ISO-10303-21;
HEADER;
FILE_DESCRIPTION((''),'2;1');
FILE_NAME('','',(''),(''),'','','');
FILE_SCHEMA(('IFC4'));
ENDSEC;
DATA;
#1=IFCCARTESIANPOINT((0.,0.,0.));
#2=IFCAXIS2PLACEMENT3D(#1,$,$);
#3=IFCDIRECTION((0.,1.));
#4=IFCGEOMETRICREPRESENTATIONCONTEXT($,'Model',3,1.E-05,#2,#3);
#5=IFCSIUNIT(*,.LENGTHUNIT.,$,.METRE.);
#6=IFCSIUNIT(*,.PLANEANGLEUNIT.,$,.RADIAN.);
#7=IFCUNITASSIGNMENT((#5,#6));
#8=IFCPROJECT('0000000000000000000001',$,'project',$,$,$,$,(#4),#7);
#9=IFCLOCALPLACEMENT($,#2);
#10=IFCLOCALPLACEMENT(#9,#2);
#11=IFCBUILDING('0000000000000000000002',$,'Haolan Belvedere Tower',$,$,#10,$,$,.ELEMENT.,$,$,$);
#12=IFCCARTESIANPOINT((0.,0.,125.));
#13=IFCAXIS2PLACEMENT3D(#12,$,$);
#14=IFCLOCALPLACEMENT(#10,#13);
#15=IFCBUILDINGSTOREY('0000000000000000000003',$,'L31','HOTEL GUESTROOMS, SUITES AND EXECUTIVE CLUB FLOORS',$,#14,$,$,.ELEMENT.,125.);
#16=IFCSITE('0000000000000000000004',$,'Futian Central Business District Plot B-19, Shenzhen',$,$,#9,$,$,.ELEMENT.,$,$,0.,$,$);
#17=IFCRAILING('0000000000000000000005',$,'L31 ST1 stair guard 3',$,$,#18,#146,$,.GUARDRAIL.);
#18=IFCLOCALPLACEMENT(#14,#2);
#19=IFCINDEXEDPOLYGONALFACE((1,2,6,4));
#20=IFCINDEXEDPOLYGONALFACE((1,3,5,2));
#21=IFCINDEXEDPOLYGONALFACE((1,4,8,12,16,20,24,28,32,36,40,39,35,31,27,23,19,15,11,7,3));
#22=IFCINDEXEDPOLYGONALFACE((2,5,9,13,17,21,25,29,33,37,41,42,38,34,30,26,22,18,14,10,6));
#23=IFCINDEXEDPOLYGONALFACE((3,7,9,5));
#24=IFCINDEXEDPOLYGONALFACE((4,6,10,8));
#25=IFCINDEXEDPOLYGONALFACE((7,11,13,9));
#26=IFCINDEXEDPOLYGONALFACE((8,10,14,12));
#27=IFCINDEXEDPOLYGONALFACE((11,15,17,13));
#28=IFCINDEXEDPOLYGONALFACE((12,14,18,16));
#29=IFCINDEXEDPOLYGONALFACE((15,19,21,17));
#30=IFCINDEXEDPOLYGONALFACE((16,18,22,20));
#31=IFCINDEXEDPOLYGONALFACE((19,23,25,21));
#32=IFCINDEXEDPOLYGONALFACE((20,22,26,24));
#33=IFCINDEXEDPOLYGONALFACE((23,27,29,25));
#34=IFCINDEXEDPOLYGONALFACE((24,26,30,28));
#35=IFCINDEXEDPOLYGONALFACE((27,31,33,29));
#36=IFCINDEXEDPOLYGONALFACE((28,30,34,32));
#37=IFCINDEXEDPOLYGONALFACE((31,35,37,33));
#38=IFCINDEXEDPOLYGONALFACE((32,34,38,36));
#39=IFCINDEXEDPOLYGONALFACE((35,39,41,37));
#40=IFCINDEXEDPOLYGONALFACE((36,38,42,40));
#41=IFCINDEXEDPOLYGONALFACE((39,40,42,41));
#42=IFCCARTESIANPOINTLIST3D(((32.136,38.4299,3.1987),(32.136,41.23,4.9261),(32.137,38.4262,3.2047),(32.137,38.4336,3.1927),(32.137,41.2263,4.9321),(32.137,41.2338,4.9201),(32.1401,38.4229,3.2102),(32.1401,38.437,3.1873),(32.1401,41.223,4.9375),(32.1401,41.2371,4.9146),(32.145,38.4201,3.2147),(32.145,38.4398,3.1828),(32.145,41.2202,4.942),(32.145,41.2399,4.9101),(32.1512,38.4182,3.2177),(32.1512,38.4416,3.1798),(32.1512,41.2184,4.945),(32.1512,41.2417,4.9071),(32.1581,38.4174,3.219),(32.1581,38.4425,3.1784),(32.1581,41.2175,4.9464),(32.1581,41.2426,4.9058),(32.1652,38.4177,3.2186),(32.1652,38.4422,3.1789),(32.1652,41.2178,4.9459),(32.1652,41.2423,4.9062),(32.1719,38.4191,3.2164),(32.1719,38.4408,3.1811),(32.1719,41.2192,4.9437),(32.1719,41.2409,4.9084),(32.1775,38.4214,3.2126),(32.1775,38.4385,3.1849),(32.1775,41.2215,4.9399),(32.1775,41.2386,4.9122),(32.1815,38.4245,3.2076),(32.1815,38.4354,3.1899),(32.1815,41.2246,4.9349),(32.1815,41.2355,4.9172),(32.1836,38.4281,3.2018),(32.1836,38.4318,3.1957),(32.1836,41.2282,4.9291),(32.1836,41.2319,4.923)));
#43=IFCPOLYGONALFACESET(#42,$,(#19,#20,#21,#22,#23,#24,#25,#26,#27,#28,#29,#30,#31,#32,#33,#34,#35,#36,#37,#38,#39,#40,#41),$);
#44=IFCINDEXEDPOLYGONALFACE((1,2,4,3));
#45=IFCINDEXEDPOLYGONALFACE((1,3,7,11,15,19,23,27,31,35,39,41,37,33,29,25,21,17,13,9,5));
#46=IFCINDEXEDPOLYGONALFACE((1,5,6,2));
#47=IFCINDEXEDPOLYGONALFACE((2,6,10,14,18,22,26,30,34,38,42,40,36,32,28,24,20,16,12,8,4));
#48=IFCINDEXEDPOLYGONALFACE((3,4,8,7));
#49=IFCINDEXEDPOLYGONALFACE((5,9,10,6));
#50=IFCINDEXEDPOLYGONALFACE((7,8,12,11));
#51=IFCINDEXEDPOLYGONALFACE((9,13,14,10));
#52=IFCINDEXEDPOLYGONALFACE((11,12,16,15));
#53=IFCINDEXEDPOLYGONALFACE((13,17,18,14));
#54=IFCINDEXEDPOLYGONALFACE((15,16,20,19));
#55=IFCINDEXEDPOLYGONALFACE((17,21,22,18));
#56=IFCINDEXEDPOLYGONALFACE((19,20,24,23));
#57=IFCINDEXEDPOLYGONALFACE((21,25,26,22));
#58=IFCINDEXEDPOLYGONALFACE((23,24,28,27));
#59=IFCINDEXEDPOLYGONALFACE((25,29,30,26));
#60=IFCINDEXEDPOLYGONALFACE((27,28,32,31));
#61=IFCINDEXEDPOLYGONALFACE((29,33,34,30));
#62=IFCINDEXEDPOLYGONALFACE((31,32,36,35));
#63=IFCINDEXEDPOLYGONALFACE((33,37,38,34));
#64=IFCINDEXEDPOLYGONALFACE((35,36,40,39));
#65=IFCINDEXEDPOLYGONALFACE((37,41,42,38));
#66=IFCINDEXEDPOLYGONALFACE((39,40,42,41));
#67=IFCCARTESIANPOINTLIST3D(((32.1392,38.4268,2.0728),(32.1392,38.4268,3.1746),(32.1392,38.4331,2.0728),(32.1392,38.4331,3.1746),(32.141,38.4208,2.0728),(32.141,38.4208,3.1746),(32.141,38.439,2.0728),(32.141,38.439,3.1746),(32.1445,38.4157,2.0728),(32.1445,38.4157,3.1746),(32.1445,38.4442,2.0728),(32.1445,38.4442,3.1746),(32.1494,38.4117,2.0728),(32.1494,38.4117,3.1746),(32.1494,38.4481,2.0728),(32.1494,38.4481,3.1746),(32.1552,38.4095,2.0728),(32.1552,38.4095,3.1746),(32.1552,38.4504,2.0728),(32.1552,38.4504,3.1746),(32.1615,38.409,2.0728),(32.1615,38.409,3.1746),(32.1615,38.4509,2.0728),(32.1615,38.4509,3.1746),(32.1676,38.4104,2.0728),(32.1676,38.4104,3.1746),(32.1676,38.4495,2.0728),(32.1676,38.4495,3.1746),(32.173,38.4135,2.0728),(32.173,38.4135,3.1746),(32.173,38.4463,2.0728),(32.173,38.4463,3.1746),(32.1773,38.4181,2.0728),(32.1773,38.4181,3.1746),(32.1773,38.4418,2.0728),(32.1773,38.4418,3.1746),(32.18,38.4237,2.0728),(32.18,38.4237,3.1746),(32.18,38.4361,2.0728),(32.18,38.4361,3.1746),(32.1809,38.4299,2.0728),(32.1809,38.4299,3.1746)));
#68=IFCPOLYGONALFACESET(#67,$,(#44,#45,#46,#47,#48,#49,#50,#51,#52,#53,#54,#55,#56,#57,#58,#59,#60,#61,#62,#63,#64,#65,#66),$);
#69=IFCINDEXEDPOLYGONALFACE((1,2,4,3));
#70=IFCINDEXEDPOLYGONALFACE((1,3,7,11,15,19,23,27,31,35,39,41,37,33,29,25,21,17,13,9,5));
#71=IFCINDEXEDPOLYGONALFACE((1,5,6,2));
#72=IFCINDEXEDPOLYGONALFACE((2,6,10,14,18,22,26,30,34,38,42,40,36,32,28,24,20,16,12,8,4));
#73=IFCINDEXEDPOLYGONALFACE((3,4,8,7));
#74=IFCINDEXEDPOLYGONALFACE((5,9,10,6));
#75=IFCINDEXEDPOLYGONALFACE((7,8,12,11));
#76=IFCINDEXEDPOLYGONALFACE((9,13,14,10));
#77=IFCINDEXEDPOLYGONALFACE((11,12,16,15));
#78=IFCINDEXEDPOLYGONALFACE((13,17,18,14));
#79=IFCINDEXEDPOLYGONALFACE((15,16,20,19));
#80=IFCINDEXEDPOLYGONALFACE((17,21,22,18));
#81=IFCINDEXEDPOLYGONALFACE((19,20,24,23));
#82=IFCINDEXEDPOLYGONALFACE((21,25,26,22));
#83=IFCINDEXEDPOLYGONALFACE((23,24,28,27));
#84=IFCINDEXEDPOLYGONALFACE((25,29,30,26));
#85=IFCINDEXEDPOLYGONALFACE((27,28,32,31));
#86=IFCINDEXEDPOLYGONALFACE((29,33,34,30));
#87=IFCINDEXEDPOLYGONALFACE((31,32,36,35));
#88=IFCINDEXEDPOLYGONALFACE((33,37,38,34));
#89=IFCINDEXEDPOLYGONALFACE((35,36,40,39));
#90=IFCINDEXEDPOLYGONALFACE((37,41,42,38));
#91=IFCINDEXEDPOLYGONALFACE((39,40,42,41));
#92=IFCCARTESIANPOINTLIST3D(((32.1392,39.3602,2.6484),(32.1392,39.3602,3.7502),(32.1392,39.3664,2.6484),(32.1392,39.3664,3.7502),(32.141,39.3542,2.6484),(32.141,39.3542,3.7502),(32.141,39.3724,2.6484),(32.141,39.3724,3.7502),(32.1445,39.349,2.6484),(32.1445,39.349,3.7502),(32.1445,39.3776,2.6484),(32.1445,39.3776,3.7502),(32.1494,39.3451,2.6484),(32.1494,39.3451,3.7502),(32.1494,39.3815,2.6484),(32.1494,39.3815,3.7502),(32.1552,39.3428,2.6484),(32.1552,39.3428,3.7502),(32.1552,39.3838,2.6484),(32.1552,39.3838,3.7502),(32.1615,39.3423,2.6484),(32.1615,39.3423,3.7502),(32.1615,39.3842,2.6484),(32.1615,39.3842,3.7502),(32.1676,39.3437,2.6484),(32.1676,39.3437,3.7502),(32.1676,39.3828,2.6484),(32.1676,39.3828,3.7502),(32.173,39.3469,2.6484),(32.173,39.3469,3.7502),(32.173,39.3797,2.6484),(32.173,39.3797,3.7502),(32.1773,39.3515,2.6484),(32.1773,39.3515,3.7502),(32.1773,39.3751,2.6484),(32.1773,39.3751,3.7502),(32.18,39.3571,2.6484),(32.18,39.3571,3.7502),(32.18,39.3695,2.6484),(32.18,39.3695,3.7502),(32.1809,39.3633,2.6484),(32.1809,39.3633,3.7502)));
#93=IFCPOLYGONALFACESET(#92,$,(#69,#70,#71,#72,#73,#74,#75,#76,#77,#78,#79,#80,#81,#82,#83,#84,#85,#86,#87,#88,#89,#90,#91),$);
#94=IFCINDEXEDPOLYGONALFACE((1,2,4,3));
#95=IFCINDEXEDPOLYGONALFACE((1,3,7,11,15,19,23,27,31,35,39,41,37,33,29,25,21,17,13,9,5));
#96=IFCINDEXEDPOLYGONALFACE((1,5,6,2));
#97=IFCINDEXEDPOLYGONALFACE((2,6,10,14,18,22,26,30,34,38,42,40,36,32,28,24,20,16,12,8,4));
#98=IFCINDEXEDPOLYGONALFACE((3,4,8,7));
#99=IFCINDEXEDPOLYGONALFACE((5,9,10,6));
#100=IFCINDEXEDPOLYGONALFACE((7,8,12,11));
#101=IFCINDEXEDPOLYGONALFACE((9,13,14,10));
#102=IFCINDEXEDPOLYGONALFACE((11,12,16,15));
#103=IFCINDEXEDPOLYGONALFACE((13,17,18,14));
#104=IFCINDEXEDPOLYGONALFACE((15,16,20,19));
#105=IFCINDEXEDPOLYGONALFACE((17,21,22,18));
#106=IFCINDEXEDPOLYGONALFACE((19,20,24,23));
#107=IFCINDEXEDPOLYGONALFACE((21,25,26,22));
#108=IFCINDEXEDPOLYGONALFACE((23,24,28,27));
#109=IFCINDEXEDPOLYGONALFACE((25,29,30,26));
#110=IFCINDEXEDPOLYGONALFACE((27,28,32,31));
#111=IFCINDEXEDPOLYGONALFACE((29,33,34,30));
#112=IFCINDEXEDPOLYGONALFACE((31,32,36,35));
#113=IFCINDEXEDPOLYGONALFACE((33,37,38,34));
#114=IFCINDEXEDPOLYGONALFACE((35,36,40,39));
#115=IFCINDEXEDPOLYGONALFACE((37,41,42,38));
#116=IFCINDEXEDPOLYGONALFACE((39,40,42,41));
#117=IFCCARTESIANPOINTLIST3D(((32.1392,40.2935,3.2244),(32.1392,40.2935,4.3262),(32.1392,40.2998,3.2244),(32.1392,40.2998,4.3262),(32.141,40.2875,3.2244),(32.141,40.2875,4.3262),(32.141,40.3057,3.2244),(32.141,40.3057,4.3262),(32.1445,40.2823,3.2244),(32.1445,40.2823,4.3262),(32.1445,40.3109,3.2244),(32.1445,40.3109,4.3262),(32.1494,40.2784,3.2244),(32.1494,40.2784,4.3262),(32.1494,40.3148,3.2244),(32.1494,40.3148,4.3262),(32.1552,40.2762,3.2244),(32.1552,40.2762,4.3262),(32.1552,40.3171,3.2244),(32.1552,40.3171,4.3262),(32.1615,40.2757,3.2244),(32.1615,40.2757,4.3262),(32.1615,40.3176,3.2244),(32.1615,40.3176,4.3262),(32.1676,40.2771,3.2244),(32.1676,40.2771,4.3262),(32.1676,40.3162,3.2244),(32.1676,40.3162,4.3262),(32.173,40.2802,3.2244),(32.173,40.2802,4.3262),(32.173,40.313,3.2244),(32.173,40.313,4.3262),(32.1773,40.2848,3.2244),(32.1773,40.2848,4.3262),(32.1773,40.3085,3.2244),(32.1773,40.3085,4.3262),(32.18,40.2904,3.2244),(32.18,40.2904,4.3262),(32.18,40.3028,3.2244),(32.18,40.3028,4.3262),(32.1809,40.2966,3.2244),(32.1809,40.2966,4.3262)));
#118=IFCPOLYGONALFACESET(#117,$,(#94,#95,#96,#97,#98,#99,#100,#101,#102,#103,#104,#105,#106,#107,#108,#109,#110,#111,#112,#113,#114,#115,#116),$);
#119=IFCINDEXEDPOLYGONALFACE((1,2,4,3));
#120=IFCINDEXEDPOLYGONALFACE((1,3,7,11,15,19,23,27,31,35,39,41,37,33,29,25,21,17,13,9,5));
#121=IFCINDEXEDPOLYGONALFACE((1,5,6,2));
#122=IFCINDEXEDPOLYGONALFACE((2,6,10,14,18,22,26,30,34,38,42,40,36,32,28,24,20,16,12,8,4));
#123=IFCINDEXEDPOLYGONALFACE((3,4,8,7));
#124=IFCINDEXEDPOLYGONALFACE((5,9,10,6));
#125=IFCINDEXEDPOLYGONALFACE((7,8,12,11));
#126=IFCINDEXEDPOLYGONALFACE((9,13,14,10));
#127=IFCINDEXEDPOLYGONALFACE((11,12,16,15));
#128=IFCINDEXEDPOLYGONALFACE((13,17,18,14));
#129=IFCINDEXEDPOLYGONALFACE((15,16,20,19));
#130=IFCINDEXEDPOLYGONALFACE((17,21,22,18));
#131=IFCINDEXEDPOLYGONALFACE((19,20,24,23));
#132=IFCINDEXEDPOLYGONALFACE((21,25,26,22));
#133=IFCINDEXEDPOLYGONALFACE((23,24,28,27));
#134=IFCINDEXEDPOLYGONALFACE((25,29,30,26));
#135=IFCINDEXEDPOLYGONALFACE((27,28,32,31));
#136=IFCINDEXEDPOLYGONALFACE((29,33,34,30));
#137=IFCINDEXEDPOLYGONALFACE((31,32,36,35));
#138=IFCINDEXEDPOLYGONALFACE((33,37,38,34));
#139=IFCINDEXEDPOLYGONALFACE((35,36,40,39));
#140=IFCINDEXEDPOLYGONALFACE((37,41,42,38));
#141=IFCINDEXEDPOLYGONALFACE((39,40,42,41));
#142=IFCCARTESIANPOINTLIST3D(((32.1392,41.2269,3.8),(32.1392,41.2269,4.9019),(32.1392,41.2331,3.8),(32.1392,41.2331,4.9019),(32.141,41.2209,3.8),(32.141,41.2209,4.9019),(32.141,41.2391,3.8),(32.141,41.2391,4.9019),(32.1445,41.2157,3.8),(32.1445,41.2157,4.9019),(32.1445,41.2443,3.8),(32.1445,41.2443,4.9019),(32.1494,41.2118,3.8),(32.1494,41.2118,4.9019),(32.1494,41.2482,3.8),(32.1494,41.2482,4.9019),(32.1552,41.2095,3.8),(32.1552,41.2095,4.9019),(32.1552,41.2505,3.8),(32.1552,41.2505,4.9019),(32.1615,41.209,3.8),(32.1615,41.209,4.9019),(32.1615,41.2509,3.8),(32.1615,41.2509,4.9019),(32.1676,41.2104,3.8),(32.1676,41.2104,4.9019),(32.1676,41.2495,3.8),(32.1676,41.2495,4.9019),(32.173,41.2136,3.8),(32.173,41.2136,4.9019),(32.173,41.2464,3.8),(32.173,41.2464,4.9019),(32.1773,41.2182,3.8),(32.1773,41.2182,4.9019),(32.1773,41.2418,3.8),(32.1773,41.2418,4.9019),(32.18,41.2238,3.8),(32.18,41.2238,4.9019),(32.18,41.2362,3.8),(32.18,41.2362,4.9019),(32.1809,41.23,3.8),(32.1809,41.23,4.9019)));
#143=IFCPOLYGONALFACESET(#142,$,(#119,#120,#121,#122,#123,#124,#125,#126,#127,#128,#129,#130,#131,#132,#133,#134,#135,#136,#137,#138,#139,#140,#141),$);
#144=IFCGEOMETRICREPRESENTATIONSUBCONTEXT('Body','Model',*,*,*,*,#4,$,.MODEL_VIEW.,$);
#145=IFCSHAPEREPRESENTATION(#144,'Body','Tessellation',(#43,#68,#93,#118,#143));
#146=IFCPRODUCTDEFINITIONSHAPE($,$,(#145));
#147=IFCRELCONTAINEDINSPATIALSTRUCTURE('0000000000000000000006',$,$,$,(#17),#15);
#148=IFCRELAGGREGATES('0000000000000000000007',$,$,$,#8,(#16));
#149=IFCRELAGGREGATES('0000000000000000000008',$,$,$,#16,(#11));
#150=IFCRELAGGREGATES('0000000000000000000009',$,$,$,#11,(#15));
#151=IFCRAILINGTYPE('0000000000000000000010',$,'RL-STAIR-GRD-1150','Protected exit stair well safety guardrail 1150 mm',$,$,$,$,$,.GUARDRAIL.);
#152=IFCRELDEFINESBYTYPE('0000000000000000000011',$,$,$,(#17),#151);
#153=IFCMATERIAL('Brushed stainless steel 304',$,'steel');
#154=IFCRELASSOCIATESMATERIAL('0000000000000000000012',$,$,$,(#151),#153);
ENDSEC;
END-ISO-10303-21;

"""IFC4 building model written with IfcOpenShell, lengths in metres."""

from ifc_helpers import new_model, si_unit, direction, frame, origin, origin_2d, place, context, subcontext, project, spatial, circle, extrude, material, type_object, element, save


model = new_model("IFC4")

# Units and contexts
model_context = context("Model", 3, precision=1e-05, world=origin(), true_north=direction((0.0, 1.0)))
body_context = subcontext(model_context, "Body", "Model", "MODEL_VIEW")
ifc_project = project(units=[si_unit("LENGTHUNIT", "METRE"), si_unit("PLANEANGLEUNIT", "RADIAN")], contexts=[model_context])

# Site, building, storey
site_placement = place(None, origin())
site = spatial("IfcSite", under=ifc_project, at=site_placement, Name="Futian Central Business District Plot B-19, Shenzhen", CompositionType="ELEMENT", RefElevation=0.0)
building_placement = place(site_placement, origin())
building = spatial("IfcBuilding", under=site, at=building_placement, Name="Haolan Belvedere Tower", CompositionType="ELEMENT")
storey_placement = place(building_placement, frame((0.0, 0.0, 125.0)))
storey = spatial("IfcBuildingStorey", under=building, at=storey_placement, Name="L31", Description="HOTEL GUESTROOMS, SUITES AND EXECUTIVE CLUB FLOORS", CompositionType="ELEMENT", Elevation=125.0)

# Railing
ifc_material_1 = material(Name="Brushed stainless steel 304", Category="steel")
railing_type_1 = type_object("IfcRailingType", Name="RL-STAIR-GRD-1150", Description="Protected exit stair well safety guardrail 1150 mm", PredefinedType="GUARDRAIL", material=ifc_material_1)
railing_1_placement = place(storey_placement, frame((32.1599, 38.4299, 2.0728)))
element("IfcRailing", 1, at=railing_1_placement, inside=storey, type_object=railing_type_1, Name="L31 ST1 stair guard 3", PredefinedType="GUARDRAIL", context=body_context, shape_type="SweptSolid", body=[
    extrude(circle(Radius=0.0239, at=origin_2d()), frame((0.0, 0.0, 1.126), z_axis=(0.0, 0.85109, 0.52502), x_axis=(-1.0, 0.0, 0.0)), (0.0, 0.0, 1.0), 3.29),
    extrude(circle(Radius=0.021, at=origin_2d()), origin(), (0.0, 0.0, 1.0), 1.1018),
    extrude(circle(Radius=0.021, at=origin_2d()), frame((0.0, 0.9333, 0.5757)), (0.0, 0.0, 1.0), 1.1018),
    extrude(circle(Radius=0.021, at=origin_2d()), frame((0.0, 1.8667, 1.1516)), (0.0, 0.0, 1.0), 1.1018),
    extrude(circle(Radius=0.021, at=origin_2d()), frame((0.0, 2.8, 1.7273)), (0.0, 0.0, 1.0), 1.1018),
])

save(model, "model.ifc")
